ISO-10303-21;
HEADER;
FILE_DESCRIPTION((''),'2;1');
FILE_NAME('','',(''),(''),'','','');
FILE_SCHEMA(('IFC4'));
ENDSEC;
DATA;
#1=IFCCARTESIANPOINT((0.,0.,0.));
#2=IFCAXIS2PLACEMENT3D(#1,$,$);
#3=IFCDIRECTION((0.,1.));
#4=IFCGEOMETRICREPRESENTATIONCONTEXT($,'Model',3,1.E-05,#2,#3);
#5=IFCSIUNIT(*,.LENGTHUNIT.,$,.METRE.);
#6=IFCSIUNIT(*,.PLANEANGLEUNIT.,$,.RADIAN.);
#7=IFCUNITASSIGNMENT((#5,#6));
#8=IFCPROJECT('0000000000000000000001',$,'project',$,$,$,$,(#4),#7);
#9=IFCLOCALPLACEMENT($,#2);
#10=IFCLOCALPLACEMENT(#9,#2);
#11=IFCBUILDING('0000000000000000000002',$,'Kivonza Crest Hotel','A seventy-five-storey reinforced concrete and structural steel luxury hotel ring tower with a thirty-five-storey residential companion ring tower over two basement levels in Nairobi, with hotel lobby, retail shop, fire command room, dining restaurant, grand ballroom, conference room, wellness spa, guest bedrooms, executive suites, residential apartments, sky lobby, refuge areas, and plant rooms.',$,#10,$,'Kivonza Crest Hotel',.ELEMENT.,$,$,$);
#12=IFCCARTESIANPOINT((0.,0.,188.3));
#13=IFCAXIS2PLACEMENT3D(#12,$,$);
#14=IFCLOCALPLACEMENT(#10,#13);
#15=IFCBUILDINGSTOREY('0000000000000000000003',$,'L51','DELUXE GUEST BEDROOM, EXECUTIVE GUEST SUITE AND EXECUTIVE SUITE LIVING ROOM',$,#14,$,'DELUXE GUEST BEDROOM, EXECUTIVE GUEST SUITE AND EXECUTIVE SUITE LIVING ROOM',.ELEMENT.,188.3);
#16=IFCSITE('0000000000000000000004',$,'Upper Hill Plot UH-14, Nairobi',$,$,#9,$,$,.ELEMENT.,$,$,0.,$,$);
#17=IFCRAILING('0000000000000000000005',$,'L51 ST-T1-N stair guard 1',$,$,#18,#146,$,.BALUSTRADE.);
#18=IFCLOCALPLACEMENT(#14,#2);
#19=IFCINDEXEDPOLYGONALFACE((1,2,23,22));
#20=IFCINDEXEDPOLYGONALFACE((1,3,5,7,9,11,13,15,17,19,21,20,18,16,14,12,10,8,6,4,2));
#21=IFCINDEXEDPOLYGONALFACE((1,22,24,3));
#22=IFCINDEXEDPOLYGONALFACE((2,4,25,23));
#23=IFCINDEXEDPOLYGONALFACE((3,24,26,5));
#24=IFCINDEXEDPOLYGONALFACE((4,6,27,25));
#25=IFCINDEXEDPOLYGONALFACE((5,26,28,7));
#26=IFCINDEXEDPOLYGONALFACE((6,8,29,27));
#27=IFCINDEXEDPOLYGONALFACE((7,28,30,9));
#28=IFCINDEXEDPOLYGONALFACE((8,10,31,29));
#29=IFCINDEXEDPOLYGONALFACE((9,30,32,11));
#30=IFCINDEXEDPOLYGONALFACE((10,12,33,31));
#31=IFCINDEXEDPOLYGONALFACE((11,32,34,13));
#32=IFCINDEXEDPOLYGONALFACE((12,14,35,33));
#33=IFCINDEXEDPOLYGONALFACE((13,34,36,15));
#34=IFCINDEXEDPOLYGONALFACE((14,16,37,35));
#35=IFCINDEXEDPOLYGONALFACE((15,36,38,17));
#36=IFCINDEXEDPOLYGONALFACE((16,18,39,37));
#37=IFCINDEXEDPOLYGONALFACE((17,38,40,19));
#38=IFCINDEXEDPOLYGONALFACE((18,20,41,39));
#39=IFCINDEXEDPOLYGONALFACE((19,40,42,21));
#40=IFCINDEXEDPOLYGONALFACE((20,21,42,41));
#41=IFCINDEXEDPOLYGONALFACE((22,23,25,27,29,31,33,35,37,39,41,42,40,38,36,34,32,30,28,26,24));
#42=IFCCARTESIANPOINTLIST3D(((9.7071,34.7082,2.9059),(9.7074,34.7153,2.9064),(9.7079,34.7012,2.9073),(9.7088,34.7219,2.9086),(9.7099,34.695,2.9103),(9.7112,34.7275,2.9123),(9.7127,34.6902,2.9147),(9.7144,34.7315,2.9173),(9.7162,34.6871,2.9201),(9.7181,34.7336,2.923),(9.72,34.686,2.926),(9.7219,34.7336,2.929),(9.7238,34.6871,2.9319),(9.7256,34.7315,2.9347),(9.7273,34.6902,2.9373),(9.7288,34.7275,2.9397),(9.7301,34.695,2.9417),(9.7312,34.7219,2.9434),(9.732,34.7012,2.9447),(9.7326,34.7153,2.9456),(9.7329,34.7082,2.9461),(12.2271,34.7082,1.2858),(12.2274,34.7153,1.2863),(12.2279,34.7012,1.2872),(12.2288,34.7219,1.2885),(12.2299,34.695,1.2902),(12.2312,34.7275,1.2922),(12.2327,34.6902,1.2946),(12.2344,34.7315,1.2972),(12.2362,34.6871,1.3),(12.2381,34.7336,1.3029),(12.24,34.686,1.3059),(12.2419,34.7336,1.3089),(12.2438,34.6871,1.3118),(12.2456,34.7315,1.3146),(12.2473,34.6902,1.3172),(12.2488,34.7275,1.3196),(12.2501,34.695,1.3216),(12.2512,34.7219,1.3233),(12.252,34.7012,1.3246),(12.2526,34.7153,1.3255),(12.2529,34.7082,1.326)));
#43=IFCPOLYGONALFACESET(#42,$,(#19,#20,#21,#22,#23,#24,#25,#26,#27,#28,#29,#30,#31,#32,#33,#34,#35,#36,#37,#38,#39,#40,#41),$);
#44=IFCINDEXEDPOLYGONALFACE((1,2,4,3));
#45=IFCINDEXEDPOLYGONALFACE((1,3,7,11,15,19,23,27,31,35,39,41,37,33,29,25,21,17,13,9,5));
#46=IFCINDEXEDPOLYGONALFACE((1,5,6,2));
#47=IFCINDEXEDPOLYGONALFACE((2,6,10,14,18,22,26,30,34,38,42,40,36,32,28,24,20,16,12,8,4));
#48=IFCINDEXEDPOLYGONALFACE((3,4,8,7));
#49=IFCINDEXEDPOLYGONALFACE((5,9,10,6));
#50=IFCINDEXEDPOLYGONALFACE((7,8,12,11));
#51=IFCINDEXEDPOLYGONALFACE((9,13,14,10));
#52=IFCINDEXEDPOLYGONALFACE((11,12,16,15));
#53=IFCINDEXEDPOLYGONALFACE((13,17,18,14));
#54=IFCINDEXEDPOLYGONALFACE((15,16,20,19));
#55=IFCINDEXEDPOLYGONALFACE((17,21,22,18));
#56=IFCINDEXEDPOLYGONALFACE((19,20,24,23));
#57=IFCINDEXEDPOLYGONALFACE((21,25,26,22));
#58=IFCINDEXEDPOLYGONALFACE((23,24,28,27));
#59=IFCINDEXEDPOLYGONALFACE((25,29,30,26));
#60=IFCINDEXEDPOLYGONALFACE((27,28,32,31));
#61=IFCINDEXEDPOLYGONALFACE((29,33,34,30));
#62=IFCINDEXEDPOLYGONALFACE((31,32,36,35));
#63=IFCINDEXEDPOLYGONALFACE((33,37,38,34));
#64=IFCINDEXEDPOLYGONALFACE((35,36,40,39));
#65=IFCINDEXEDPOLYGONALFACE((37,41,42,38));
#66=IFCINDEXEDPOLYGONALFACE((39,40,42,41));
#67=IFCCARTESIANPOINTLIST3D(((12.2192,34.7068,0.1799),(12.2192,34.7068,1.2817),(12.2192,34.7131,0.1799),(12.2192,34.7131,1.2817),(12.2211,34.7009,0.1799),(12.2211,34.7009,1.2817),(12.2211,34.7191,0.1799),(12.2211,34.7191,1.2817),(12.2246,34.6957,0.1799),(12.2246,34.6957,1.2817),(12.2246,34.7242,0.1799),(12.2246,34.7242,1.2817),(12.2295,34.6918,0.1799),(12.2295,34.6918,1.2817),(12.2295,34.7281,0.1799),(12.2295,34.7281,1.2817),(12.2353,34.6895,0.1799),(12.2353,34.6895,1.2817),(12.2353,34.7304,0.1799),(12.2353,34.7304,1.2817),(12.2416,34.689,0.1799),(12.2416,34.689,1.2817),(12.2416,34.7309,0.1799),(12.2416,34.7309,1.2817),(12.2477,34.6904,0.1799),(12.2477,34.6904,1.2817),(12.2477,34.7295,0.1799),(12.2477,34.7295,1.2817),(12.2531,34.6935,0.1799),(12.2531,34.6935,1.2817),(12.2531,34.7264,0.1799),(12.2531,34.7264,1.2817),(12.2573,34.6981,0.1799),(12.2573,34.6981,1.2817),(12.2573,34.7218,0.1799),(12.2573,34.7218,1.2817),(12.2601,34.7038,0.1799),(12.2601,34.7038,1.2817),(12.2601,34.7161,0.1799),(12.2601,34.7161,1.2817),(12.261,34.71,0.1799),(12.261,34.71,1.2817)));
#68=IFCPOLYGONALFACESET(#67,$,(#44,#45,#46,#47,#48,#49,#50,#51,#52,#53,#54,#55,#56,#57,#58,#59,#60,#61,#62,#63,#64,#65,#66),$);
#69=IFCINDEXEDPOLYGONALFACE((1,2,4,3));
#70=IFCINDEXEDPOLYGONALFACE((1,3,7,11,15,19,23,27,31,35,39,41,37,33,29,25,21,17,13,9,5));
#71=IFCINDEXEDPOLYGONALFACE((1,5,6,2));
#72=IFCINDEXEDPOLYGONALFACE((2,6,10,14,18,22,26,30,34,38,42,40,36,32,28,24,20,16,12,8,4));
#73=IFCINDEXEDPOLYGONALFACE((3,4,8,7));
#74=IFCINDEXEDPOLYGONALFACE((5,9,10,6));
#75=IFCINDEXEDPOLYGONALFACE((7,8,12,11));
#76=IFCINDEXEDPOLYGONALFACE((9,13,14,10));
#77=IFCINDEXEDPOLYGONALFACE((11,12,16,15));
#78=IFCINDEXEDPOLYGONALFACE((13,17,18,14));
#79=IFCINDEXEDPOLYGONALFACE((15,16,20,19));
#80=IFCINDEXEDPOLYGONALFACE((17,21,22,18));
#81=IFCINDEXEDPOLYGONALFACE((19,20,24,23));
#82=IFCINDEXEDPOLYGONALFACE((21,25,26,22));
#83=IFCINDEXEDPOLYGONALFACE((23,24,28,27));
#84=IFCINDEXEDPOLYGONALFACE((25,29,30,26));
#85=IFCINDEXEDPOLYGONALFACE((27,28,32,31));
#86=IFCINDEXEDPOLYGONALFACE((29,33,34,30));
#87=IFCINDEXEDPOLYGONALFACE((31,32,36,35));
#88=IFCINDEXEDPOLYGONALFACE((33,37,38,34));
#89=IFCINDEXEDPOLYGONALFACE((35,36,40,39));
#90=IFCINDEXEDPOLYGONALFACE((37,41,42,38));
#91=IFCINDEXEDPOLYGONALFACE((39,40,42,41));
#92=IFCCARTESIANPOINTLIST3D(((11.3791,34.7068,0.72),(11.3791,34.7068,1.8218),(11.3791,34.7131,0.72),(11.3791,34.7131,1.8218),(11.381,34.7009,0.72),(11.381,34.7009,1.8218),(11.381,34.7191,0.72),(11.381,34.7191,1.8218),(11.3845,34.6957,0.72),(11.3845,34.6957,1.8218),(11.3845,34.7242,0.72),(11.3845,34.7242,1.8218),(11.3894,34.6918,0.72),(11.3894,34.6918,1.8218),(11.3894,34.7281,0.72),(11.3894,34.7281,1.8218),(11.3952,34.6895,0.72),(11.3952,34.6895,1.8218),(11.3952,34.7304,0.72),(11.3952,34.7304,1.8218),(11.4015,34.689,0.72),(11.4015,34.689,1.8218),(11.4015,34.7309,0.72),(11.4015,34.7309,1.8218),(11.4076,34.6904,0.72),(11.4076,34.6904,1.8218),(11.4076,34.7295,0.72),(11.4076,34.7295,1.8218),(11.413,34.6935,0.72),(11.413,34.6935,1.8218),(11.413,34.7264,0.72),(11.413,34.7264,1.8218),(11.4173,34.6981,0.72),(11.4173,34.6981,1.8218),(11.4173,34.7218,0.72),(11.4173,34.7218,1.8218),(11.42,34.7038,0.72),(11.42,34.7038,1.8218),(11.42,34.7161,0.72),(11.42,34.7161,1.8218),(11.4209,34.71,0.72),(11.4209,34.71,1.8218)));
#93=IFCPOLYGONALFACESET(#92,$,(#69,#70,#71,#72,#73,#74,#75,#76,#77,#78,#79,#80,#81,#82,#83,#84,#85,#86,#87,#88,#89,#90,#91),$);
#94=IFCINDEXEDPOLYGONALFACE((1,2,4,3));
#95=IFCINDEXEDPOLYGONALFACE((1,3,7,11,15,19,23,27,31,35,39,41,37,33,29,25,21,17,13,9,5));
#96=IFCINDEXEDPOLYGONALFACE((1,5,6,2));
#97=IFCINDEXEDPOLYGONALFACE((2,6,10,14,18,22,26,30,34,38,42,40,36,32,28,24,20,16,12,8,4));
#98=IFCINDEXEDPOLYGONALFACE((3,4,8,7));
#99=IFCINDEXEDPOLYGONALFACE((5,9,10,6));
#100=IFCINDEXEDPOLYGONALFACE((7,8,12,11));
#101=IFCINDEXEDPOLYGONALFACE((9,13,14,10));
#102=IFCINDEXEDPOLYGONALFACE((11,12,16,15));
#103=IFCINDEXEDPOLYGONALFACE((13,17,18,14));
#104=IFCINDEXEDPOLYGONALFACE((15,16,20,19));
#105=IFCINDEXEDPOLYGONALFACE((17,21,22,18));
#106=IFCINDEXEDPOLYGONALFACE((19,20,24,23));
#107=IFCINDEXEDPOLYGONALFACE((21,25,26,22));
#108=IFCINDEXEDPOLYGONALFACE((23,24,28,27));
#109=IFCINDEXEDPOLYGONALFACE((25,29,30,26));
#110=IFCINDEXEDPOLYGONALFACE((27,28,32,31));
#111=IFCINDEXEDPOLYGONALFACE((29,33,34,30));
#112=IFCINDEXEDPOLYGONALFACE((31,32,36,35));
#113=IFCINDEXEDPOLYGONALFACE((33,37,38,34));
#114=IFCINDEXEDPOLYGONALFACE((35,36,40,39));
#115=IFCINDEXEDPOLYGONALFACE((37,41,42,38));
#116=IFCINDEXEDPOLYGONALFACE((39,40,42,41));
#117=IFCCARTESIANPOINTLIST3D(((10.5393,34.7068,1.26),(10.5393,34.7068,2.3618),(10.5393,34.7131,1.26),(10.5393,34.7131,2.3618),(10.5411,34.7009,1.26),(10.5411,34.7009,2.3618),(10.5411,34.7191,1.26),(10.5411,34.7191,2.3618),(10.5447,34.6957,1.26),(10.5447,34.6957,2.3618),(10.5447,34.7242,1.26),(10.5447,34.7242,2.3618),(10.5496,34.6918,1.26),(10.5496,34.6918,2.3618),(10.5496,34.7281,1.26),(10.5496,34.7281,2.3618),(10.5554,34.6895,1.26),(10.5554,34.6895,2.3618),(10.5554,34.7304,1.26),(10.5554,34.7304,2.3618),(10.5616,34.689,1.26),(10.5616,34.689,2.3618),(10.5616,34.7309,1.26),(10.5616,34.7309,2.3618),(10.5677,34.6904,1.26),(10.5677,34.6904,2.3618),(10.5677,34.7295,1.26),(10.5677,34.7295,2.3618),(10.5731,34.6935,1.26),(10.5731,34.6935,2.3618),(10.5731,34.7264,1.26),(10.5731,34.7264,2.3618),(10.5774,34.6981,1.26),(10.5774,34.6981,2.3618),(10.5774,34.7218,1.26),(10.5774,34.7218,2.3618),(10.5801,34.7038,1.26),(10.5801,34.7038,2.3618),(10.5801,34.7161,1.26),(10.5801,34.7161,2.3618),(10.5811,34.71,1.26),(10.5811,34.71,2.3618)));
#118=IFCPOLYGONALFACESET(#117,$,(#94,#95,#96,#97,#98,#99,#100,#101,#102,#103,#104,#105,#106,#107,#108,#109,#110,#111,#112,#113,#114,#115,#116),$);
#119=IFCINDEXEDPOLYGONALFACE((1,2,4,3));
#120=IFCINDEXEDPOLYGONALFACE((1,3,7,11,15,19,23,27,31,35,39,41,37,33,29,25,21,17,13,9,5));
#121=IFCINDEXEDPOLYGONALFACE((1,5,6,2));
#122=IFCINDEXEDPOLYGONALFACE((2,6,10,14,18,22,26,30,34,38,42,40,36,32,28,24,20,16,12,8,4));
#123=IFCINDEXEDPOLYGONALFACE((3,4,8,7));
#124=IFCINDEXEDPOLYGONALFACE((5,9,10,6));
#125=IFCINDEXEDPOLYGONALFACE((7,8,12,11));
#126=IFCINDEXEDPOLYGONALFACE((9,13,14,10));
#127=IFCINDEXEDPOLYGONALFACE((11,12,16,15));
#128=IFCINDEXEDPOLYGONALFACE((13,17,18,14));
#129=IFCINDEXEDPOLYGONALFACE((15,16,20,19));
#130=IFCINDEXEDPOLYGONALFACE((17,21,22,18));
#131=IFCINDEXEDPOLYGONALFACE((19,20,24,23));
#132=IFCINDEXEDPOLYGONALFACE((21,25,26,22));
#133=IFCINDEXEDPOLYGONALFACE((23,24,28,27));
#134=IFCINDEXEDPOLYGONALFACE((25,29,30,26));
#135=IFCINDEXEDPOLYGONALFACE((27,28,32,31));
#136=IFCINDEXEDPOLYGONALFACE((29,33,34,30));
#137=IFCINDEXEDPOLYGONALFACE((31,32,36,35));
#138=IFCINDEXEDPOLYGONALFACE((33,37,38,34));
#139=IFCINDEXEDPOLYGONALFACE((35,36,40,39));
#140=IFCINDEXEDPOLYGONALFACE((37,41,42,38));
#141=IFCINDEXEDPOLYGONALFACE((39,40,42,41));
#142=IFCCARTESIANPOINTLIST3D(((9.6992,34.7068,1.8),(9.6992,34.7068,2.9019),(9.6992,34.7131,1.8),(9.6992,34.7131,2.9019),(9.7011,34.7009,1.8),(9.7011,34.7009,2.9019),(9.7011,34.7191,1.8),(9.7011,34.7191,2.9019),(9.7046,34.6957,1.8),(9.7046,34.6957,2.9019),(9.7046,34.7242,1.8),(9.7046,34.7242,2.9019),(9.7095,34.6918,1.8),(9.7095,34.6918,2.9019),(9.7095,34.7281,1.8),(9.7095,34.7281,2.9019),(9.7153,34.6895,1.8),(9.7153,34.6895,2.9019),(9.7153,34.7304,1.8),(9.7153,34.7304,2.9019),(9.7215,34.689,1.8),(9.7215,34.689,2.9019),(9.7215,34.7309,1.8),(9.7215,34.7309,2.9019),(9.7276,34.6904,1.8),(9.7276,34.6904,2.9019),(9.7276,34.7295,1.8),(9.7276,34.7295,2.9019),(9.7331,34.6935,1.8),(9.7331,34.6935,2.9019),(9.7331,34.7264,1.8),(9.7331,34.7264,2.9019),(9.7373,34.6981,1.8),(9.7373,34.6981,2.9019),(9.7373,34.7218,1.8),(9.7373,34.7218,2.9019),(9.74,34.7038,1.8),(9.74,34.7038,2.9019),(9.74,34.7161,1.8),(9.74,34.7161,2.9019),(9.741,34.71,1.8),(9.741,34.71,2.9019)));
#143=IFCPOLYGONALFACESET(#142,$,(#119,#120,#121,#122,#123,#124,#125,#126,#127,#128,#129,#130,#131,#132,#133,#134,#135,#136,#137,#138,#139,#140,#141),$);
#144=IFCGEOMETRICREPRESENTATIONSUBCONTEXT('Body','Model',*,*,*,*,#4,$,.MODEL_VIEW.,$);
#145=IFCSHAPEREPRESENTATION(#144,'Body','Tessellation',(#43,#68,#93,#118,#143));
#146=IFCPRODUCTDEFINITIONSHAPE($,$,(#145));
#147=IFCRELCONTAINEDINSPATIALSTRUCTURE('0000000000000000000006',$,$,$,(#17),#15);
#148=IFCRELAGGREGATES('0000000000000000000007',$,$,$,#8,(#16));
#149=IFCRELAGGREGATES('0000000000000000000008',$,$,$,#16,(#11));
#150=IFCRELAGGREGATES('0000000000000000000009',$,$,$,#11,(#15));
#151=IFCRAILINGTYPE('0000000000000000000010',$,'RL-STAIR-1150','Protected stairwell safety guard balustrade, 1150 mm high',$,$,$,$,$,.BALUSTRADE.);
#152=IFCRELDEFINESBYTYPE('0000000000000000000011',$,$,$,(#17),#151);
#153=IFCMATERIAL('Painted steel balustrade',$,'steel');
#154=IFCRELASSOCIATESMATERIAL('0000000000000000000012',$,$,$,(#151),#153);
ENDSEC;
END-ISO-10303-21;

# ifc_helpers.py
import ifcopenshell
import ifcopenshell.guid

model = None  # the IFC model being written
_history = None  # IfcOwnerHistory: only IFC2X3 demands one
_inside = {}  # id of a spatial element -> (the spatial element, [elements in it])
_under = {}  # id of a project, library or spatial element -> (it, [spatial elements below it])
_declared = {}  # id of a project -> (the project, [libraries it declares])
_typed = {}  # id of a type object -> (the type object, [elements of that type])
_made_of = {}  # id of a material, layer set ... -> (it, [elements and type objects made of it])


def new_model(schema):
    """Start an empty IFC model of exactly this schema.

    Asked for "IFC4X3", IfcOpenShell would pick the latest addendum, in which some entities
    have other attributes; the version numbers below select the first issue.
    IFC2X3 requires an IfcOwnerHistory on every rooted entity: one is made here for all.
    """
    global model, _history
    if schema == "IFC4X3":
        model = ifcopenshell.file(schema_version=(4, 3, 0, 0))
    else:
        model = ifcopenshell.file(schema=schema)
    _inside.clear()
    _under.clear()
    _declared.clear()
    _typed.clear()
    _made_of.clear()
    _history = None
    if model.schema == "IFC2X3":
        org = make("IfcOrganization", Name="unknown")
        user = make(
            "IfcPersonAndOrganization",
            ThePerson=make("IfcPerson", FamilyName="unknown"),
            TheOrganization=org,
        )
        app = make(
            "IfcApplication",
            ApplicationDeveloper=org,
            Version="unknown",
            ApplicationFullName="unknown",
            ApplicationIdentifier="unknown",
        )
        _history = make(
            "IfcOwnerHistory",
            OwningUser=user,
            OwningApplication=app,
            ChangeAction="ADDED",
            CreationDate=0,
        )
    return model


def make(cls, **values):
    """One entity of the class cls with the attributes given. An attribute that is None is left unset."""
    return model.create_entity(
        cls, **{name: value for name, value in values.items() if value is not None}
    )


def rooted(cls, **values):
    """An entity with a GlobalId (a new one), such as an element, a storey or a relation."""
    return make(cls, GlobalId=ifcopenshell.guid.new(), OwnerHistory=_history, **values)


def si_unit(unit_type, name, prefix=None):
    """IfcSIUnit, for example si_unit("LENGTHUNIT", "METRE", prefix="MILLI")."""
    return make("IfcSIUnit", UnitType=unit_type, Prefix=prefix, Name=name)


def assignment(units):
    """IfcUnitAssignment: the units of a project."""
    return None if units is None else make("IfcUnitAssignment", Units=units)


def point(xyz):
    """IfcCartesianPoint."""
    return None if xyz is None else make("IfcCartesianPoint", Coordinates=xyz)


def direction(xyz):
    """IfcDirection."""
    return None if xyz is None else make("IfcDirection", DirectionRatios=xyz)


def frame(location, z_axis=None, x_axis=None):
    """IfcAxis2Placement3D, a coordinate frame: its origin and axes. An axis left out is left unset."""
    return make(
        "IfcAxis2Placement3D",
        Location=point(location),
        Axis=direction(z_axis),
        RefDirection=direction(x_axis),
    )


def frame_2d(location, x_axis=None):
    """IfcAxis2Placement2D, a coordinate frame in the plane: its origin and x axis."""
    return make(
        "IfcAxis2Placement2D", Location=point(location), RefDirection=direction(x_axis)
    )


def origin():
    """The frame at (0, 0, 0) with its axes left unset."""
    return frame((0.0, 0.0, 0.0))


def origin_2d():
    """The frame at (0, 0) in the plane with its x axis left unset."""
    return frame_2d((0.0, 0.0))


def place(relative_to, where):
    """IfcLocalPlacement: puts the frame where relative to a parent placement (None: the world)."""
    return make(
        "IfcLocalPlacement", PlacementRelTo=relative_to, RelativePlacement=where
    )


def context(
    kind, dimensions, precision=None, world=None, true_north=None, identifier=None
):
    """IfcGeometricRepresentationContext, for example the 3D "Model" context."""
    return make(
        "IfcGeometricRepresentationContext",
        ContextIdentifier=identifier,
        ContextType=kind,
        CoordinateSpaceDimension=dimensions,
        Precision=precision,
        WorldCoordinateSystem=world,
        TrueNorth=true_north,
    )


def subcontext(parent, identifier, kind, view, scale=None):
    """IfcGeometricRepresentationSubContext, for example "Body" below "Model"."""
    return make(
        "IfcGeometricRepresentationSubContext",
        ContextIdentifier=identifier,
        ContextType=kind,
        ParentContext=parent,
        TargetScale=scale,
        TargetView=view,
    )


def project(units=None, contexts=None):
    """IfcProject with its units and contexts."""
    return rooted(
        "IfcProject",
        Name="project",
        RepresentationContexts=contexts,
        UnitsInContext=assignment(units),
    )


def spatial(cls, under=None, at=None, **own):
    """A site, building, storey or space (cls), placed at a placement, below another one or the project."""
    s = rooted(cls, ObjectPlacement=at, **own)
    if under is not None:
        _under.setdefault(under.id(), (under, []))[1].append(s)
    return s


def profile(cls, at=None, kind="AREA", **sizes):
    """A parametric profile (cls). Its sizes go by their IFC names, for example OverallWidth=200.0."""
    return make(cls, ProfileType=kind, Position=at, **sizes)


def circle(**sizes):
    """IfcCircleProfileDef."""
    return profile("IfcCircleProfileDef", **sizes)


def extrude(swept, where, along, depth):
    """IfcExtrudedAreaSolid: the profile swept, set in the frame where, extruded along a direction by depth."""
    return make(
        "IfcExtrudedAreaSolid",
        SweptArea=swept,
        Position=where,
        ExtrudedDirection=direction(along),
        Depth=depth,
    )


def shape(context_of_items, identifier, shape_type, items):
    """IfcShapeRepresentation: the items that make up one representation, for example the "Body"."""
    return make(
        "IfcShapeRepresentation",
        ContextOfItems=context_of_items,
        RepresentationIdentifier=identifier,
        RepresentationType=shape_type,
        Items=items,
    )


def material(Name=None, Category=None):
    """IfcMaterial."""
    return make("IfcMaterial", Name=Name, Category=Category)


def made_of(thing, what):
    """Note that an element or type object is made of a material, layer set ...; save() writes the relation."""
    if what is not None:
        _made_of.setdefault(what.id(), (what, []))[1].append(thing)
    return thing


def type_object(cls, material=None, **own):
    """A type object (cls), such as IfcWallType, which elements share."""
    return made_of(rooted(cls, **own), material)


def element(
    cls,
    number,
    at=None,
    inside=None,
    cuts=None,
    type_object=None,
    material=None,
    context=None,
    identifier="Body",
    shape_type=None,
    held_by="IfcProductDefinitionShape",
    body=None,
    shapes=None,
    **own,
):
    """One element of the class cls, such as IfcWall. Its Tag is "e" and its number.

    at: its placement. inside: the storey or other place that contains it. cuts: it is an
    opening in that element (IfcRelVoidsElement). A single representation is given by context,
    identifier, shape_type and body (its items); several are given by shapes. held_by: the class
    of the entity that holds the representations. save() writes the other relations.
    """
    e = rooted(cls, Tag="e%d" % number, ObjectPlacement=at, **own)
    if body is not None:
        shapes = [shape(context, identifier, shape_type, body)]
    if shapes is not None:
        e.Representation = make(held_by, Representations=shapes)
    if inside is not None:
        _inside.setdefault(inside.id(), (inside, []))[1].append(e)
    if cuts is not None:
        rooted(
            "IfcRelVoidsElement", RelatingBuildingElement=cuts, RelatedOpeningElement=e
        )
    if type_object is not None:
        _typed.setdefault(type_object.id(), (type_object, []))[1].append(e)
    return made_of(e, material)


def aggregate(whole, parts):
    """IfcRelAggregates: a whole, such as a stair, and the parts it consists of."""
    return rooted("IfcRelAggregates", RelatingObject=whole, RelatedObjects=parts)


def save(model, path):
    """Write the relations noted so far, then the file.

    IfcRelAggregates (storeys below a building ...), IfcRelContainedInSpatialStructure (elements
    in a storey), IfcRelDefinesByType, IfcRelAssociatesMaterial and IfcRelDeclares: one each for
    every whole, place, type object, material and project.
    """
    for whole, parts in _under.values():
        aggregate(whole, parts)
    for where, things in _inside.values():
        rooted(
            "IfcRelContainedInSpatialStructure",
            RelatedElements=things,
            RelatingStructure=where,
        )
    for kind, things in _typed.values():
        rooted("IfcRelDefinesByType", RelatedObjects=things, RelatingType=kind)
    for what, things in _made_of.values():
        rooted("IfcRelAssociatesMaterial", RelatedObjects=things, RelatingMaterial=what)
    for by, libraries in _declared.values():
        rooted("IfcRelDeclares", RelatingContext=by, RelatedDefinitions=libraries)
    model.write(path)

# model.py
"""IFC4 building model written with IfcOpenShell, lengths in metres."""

from ifc_helpers import new_model, si_unit, direction, frame, origin, origin_2d, place, context, subcontext, project, spatial, circle, extrude, material, type_object, element, save


model = new_model("IFC4")

# Units and contexts
model_context = context("Model", 3, precision=1e-05, world=origin(), true_north=direction((0.0, 1.0)))
body_context = subcontext(model_context, "Body", "Model", "MODEL_VIEW")
ifc_project = project(units=[si_unit("LENGTHUNIT", "METRE"), si_unit("PLANEANGLEUNIT", "RADIAN")], contexts=[model_context])

# Site, building, storey
site_placement = place(None, origin())
site = spatial("IfcSite", under=ifc_project, at=site_placement, Name="Upper Hill Plot UH-14, Nairobi", CompositionType="ELEMENT", RefElevation=0.0)
building_placement = place(site_placement, origin())
building = spatial("IfcBuilding", under=site, at=building_placement, Name="Kivonza Crest Hotel", Description="A seventy-five-storey reinforced concrete and structural steel luxury hotel ring tower with a thirty-five-storey residential companion ring tower over two basement levels in Nairobi, with hotel lobby, retail shop, fire command room, dining restaurant, grand ballroom, conference room, wellness spa, guest bedrooms, executive suites, residential apartments, sky lobby, refuge areas, and plant rooms.", LongName="Kivonza Crest Hotel", CompositionType="ELEMENT")
storey_placement = place(building_placement, frame((0.0, 0.0, 188.3)))
storey = spatial("IfcBuildingStorey", under=building, at=storey_placement, Name="L51", Description="DELUXE GUEST BEDROOM, EXECUTIVE GUEST SUITE AND EXECUTIVE SUITE LIVING ROOM", LongName="DELUXE GUEST BEDROOM, EXECUTIVE GUEST SUITE AND EXECUTIVE SUITE LIVING ROOM", CompositionType="ELEMENT", Elevation=188.3)

# Railing
ifc_material_1 = material(Name="Painted steel balustrade", Category="steel")
railing_type_1 = type_object("IfcRailingType", Name="RL-STAIR-1150", Description="Protected stairwell safety guard balustrade, 1150 mm high", PredefinedType="BALUSTRADE", material=ifc_material_1)
railing_1_placement = place(storey_placement, frame((12.24, 34.71, 0.1799)))
element("IfcRailing", 1, at=railing_1_placement, inside=storey, type_object=railing_type_1, Name="L51 ST-T1-N stair guard 1", PredefinedType="BALUSTRADE", context=body_context, shape_type="SweptSolid", body=[
    extrude(circle(Radius=0.0239, at=origin_2d()), frame((0.0, 0.0, 1.126), z_axis=(-0.841163, 0.0, 0.540782), x_axis=(0.0, -1.0, 0.0)), (0.0, 0.0, 1.0), 2.9958),
    extrude(circle(Radius=0.021, at=origin_2d()), origin(), (0.0, 0.0, 1.0), 1.1018),
    extrude(circle(Radius=0.021, at=origin_2d()), frame((-0.8401, 0.0, 0.54)), (0.0, 0.0, 1.0), 1.1018),
    extrude(circle(Radius=0.021, at=origin_2d()), frame((-1.6799, 0.0, 1.0801)), (0.0, 0.0, 1.0), 1.1018),
    extrude(circle(Radius=0.021, at=origin_2d()), frame((-2.52, 0.0, 1.6201)), (0.0, 0.0, 1.0), 1.1018),
])

save(model, "model.ifc")
